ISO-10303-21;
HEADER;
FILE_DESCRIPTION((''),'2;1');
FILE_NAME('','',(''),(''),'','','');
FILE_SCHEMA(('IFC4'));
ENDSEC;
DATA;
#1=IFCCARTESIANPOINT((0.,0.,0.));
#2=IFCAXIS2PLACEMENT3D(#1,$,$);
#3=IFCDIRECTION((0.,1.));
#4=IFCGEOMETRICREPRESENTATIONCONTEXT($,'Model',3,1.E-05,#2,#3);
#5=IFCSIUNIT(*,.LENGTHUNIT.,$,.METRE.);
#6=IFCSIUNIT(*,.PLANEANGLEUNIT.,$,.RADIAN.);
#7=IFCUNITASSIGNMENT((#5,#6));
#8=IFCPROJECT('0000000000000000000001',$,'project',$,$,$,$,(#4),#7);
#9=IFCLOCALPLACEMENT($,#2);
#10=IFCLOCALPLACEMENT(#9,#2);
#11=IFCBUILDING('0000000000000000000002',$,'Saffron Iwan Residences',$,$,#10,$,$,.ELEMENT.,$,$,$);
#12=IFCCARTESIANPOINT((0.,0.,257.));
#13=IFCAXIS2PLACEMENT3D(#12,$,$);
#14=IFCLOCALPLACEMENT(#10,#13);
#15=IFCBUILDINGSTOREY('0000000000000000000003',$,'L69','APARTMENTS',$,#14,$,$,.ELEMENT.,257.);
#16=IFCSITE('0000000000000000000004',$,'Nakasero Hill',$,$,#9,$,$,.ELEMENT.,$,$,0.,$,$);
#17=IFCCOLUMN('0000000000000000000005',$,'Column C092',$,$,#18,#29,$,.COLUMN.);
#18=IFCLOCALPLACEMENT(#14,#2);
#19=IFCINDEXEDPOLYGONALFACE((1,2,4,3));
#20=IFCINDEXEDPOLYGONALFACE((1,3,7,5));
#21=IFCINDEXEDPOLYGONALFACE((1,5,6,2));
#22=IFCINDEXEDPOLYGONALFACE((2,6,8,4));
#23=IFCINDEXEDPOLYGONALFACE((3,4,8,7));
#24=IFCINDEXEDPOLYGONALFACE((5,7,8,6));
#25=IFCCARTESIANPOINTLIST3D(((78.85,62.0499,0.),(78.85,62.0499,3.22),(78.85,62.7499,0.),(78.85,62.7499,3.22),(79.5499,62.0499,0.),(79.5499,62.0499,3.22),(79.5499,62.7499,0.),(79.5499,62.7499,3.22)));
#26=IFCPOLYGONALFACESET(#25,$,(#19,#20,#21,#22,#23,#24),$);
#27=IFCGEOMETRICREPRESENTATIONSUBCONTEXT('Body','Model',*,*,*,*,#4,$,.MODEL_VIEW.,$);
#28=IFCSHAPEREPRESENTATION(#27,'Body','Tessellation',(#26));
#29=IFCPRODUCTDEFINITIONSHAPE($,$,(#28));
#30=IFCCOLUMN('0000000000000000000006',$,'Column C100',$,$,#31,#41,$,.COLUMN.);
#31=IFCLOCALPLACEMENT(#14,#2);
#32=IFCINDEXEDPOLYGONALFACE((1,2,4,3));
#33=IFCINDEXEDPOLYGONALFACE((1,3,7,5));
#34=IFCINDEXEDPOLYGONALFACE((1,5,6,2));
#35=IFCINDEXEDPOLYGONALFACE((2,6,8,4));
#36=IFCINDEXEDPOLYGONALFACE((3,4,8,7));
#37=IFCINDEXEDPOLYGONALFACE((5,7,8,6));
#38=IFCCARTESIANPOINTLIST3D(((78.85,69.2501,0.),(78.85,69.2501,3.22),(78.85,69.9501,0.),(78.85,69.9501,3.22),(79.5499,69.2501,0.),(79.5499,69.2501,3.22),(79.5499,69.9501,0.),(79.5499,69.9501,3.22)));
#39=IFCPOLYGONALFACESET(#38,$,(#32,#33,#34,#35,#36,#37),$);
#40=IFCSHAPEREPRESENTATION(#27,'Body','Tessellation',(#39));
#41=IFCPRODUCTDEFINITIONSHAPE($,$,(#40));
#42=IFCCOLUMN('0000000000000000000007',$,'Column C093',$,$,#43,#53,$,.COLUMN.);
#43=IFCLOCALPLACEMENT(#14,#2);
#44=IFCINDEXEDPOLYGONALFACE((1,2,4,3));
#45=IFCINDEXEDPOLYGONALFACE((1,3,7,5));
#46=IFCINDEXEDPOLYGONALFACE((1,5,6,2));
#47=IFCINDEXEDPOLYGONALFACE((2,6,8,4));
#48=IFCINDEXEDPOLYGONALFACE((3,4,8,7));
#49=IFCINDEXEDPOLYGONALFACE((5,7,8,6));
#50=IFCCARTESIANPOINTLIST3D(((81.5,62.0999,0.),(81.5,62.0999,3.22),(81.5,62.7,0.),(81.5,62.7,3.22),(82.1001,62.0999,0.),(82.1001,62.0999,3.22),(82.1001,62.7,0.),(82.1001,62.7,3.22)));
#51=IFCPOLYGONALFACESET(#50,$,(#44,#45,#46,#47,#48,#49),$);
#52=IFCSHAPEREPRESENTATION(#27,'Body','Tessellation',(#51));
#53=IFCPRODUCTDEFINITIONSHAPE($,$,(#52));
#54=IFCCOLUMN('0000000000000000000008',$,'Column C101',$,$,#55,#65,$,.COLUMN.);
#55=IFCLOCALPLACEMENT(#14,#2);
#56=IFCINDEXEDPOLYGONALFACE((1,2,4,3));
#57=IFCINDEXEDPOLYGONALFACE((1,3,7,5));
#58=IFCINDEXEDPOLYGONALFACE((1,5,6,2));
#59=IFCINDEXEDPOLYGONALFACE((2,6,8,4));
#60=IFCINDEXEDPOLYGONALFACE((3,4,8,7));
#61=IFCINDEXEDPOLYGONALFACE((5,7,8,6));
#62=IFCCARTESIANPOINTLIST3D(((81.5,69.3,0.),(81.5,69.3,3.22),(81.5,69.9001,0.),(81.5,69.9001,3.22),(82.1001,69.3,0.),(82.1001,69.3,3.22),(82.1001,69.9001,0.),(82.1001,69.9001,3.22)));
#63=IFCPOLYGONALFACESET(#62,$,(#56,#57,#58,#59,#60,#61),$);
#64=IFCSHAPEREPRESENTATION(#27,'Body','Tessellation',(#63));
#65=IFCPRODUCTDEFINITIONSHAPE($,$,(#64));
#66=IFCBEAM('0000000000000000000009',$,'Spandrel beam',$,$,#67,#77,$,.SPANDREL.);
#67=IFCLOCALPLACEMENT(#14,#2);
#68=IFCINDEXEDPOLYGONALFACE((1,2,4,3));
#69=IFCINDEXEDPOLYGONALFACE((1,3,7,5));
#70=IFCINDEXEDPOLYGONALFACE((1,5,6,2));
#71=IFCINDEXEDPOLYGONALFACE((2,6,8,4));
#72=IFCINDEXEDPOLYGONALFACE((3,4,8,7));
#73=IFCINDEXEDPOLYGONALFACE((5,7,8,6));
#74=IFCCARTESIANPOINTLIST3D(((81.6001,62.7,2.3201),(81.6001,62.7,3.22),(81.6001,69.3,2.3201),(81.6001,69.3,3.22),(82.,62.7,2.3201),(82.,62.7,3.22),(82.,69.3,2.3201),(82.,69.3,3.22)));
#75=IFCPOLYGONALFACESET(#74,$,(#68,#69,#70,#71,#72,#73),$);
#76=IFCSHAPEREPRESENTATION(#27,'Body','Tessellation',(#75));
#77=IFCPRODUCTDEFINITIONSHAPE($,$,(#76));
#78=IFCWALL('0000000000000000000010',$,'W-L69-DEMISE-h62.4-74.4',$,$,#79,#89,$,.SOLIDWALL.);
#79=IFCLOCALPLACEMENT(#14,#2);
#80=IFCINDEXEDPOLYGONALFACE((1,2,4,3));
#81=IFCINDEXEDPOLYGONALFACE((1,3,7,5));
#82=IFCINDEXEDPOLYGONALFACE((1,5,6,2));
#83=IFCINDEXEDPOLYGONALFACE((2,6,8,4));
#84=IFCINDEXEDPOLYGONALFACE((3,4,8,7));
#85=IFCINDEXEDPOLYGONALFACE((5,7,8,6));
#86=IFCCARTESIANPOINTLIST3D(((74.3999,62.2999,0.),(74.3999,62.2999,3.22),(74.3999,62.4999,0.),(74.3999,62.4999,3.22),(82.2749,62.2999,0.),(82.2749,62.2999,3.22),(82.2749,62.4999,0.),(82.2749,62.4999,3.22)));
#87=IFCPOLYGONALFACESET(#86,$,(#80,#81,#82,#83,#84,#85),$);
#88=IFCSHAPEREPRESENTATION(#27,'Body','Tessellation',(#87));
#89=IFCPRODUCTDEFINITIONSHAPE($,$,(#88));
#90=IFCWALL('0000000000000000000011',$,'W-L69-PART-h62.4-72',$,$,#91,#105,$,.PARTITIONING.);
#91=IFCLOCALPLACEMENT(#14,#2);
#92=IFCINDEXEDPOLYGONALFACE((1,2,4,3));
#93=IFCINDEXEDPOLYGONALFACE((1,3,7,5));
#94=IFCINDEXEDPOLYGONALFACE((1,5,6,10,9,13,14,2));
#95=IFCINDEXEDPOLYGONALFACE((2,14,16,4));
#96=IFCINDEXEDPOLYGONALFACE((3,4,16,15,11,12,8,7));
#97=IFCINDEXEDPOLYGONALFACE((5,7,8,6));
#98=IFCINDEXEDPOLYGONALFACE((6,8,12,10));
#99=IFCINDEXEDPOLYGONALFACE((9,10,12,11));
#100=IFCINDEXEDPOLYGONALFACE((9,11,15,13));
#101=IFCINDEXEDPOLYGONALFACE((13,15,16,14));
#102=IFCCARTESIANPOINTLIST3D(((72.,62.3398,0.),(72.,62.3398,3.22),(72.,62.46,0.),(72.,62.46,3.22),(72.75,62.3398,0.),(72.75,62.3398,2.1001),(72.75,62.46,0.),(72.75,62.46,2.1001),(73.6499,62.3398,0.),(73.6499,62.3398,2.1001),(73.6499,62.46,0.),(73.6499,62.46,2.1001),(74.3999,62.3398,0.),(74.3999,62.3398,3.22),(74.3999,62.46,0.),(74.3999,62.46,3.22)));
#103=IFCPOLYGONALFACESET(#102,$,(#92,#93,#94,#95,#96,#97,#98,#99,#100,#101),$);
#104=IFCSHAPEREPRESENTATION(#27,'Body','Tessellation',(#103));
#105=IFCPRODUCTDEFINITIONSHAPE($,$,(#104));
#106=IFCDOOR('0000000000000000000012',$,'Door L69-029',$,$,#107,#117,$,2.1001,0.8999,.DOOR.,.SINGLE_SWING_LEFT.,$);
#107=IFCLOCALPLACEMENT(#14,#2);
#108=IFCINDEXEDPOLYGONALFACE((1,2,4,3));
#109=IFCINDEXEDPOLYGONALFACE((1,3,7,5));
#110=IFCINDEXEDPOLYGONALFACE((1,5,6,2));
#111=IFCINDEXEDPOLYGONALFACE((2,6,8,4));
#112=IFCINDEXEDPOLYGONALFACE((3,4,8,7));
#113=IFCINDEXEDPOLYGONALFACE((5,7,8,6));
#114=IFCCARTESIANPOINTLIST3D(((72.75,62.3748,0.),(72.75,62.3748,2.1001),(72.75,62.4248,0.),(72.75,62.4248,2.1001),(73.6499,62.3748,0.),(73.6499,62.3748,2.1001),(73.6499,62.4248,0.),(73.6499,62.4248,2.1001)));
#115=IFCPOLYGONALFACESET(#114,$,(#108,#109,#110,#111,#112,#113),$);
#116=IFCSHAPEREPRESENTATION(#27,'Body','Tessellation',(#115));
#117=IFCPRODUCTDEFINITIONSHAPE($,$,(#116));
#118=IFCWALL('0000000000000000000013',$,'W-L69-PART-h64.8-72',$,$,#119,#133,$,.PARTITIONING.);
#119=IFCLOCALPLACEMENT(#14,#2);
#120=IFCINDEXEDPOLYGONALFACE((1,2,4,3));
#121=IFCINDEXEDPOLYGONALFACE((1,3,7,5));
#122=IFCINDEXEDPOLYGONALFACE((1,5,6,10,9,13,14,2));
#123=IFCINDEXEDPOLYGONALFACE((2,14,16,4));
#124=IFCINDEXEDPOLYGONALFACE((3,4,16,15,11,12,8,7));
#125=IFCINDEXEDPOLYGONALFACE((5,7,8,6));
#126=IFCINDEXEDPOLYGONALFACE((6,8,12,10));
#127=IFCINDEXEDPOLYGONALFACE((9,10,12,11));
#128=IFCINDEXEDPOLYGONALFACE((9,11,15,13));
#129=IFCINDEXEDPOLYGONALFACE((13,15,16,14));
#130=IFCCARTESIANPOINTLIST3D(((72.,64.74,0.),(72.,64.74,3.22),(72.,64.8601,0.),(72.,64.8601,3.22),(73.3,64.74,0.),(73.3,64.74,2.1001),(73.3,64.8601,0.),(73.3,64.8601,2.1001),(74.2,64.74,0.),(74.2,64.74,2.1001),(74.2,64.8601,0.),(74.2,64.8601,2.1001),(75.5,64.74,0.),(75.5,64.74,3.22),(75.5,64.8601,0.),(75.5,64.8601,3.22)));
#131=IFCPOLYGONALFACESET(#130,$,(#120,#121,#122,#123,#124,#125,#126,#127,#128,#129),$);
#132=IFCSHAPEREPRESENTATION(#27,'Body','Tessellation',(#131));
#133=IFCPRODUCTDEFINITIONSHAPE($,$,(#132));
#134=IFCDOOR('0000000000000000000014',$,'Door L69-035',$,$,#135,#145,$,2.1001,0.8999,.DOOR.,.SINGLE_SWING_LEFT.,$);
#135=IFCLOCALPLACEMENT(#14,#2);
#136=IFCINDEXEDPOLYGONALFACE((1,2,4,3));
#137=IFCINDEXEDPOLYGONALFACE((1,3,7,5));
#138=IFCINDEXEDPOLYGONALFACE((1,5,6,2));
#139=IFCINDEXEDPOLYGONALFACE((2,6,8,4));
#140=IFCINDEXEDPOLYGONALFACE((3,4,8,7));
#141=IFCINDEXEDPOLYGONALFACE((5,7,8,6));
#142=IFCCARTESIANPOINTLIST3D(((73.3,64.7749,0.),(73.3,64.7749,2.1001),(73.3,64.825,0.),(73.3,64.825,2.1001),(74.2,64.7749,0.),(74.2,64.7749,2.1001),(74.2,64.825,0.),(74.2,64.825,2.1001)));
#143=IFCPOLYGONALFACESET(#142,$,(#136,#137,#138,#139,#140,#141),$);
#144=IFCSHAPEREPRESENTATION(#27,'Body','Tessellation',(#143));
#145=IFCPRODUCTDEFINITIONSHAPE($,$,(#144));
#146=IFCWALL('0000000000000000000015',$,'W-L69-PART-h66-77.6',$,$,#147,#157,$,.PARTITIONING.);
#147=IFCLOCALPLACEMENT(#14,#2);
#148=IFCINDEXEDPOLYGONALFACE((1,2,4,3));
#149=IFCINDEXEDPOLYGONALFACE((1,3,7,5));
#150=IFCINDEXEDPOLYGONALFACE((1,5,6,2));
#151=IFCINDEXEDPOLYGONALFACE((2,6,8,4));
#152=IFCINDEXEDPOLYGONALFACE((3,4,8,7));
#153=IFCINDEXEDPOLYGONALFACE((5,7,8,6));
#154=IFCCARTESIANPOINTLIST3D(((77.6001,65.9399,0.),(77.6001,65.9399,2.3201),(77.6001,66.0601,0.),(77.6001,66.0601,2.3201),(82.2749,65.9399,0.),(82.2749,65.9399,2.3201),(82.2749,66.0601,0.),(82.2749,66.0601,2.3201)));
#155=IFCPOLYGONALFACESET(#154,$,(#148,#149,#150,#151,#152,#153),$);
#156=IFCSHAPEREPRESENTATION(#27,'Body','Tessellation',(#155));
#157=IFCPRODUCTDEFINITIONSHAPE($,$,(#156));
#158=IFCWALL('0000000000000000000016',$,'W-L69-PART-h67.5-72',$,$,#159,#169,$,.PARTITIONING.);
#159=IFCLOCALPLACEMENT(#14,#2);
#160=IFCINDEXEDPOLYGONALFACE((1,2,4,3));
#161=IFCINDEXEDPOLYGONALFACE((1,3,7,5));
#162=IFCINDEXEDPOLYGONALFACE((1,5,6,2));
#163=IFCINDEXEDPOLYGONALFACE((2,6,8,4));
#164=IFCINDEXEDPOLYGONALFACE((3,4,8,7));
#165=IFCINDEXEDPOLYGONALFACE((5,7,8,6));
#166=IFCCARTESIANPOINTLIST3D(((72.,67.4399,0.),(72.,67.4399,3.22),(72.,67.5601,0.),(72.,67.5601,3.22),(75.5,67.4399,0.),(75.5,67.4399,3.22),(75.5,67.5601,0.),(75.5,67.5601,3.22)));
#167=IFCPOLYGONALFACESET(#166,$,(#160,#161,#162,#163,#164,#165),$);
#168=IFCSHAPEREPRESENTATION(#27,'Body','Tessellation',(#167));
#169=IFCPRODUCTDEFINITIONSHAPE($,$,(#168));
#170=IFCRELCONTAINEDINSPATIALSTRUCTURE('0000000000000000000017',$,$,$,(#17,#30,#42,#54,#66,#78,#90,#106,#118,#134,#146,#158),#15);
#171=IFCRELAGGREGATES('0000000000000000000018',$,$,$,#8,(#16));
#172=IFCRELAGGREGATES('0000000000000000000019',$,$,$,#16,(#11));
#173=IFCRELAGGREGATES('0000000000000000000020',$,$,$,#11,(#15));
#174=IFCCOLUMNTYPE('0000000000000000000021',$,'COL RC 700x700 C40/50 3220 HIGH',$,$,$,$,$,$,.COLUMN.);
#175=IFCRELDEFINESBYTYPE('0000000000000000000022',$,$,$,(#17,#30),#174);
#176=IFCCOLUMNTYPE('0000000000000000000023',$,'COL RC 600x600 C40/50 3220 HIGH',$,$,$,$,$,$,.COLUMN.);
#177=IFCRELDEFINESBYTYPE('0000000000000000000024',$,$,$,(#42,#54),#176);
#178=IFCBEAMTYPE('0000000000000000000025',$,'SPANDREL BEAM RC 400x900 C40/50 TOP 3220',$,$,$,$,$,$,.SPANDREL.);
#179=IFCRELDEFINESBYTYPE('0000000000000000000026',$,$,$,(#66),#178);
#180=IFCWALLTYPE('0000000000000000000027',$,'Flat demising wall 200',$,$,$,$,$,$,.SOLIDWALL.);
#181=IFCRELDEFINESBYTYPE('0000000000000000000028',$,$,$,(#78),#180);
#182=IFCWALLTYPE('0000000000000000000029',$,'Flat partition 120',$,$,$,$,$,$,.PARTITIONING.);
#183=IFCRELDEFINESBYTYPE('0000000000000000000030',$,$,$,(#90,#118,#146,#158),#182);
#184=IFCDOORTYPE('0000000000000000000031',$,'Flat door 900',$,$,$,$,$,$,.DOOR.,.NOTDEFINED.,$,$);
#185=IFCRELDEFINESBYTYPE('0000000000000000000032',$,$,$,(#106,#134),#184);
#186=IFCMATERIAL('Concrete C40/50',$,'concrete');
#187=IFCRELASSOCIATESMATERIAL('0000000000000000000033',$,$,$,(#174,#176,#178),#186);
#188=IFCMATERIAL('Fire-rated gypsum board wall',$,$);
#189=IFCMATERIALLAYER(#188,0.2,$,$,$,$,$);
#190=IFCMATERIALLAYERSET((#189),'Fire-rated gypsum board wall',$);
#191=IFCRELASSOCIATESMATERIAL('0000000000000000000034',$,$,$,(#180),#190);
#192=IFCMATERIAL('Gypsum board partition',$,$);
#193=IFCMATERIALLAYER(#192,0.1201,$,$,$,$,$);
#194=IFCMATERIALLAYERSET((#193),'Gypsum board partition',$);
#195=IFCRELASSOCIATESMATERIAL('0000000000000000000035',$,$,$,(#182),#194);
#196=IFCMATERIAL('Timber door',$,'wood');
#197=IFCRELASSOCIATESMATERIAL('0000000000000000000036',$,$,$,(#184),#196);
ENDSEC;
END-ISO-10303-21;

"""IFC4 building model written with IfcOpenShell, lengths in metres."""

from ifc_helpers import new_model, si_unit, direction, frame, frame_2d, origin, origin_2d, place, context, subcontext, project, spatial, rectangle, extrude, source, transform, mapped, material, layer, layer_set, material_profile, profile_set, type_object, element, fill, save


model = new_model("IFC4")

# Units and contexts
model_context = context("Model", 3, precision=1e-05, world=origin(), true_north=direction((0.0, 1.0)))
body_context = subcontext(model_context, "Body", "Model", "MODEL_VIEW")
ifc_project = project(units=[si_unit("LENGTHUNIT", "METRE"), si_unit("PLANEANGLEUNIT", "RADIAN")], contexts=[model_context])

# Site, building, storey
site_placement = place(None, origin())
site = spatial("IfcSite", under=ifc_project, at=site_placement, Name="Nakasero Hill", CompositionType="ELEMENT", RefElevation=0.0)
building_placement = place(site_placement, origin())
building = spatial("IfcBuilding", under=site, at=building_placement, Name="Saffron Iwan Residences", CompositionType="ELEMENT")
storey_placement = place(building_placement, frame((0.0, 0.0, 257.0)))
storey = spatial("IfcBuildingStorey", under=building, at=storey_placement, Name="L69", Description="APARTMENTS", CompositionType="ELEMENT", Elevation=257.0)

# Columns
ifc_material_1 = material(Name="Concrete C40/50", Category="concrete")
ifc_material_profile_1 = material_profile(ifc_material_1, rectangle(XDim=0.7, YDim=0.7, at=origin_2d()), Name="RC 700x700")
ifc_profile_set_1 = profile_set([ifc_material_profile_1], Name="Concrete C40/50")
column_type_1 = type_object("IfcColumnType", Name="COL RC 700x700 C40/50 3220 HIGH", PredefinedType="COLUMN", material=ifc_profile_set_1)
shared_shape_1 = source(origin(), body_context, "Body", "SweptSolid", [
    extrude(rectangle(XDim=0.7, YDim=0.7, at=origin_2d()), origin(), (0.0, 0.0, 1.0), 3.22),
])
for number, where, z_axis, x_axis, name in (
    (1, (79.2, 62.3999, 0.0), (0.0, 0.0, 1.0), (1.0, 0.0, 0.0), "Column C092"),
    (2, (79.2, 69.6001, 0.0), (0.0, 0.0, 1.0), (1.0, 0.0, 0.0), "Column C100"),
):
    element("IfcColumn", number, at=place(storey_placement, frame(where, z_axis=z_axis, x_axis=x_axis)), inside=storey, type_object=column_type_1, Name=name, PredefinedType="COLUMN", context=body_context, shape_type="MappedRepresentation", body=[
        mapped(shared_shape_1, transform((0.0, 0.0, 0.0))),
    ])
ifc_material_profile_2 = material_profile(ifc_material_1, rectangle(XDim=0.6001, YDim=0.6001, at=origin_2d()), Name="RC 600x600")
ifc_profile_set_2 = profile_set([ifc_material_profile_2], Name="Concrete C40/50")
column_type_2 = type_object("IfcColumnType", Name="COL RC 600x600 C40/50 3220 HIGH", PredefinedType="COLUMN", material=ifc_profile_set_2)
shared_shape_2 = source(origin(), body_context, "Body", "SweptSolid", [
    extrude(rectangle(XDim=0.6001, YDim=0.6001, at=origin_2d()), origin(), (0.0, 0.0, 1.0), 3.22),
])
for number, where, z_axis, x_axis, name in (
    (3, (81.8, 62.3999, 0.0), (0.0, 0.0, 1.0), (1.0, 0.0, 0.0), "Column C093"),
    (4, (81.8, 69.6001, 0.0), (0.0, 0.0, 1.0), (1.0, 0.0, 0.0), "Column C101"),
):
    element("IfcColumn", number, at=place(storey_placement, frame(where, z_axis=z_axis, x_axis=x_axis)), inside=storey, type_object=column_type_2, Name=name, PredefinedType="COLUMN", context=body_context, shape_type="MappedRepresentation", body=[
        mapped(shared_shape_2, transform((0.0, 0.0, 0.0))),
    ])

# Beam
ifc_material_profile_3 = material_profile(ifc_material_1, rectangle(XDim=0.3999, YDim=0.8999, at=origin_2d()), Name="RC 400x900")
ifc_profile_set_3 = profile_set([ifc_material_profile_3], Name="Concrete C40/50")
beam_type = type_object("IfcBeamType", Name="SPANDREL BEAM RC 400x900 C40/50 TOP 3220", PredefinedType="SPANDREL", material=ifc_profile_set_3)
shared_shape_3 = source(origin(), body_context, "Body", "SweptSolid", [
    extrude(rectangle(XDim=0.3999, YDim=0.8999, at=origin_2d()), origin(), (0.0, 0.0, 1.0), 6.6001),
])
beam_placement = place(storey_placement, frame((81.8, 69.3, 2.77), z_axis=(0.0, -1.0, 0.0), x_axis=(1.0, 0.0, 0.0)))
element("IfcBeam", 5, at=beam_placement, inside=storey, type_object=beam_type, Name="Spandrel beam", PredefinedType="SPANDREL", context=body_context, shape_type="MappedRepresentation", body=[
    mapped(shared_shape_3, transform((0.0, 0.0, 0.0))),
])

# Wall
ifc_material_2 = material(Name="Fire-rated gypsum board wall")
ifc_layer_1 = layer(ifc_material_2, 0.2)
ifc_layer_set_1 = layer_set([ifc_layer_1], Name="Fire-rated gypsum board wall")
wall_type_1 = type_object("IfcWallType", Name="Flat demising wall 200", PredefinedType="SOLIDWALL", material=ifc_layer_set_1)
wall_1_placement = place(storey_placement, frame((74.3999, 62.3999, 0.0), z_axis=(0.0, 0.0, 1.0), x_axis=(1.0, 0.0, 0.0)))
element("IfcWall", 6, at=wall_1_placement, inside=storey, type_object=wall_type_1, Name="W-L69-DEMISE-h62.4-74.4", PredefinedType="SOLIDWALL", context=body_context, shape_type="SweptSolid", body=[
    extrude(rectangle(XDim=7.875, YDim=0.2, at=frame_2d((3.9375, 0.0))), origin(), (0.0, 0.0, 1.0), 3.22),
])

# Walls, openings, doors
ifc_material_3 = material(Name="Gypsum board partition")
ifc_layer_2 = layer(ifc_material_3, 0.1201)
ifc_layer_set_2 = layer_set([ifc_layer_2], Name="Gypsum board partition")
wall_type_2 = type_object("IfcWallType", Name="Flat partition 120", PredefinedType="PARTITIONING", material=ifc_layer_set_2)
wall_2_placement = place(storey_placement, frame((72.0, 62.3999, 0.0), z_axis=(0.0, 0.0, 1.0), x_axis=(1.0, 0.0, 0.0)))
wall_2 = element("IfcWall", 7, at=wall_2_placement, inside=storey, type_object=wall_type_2, Name="W-L69-PART-h62.4-72", PredefinedType="PARTITIONING", context=body_context, shape_type="SweptSolid", body=[
    extrude(rectangle(XDim=2.3999, YDim=0.1201, at=frame_2d((1.2, 0.0))), origin(), (0.0, 0.0, 1.0), 3.22),
])
opening_1_placement = place(wall_2_placement, frame((0.75, 0.0, 0.0)))
opening_1 = element("IfcOpeningElement", 8, at=opening_1_placement, cuts=wall_2, PredefinedType="OPENING", context=body_context, shape_type="SweptSolid", body=[
    extrude(rectangle(XDim=0.8999, YDim=2.1001, at=frame_2d((0.45, 1.05))), frame((0.0, 0.0701, 0.0), z_axis=(0.0, -1.0, 0.0), x_axis=(1.0, 0.0, 0.0)), (0.0, 0.0, 1.0), 0.1401),
])
ifc_material_4 = material(Name="Timber door", Category="wood")
door_type_1 = type_object("IfcDoorType", Name="Flat door 900", OperationType="NOTDEFINED", PredefinedType="DOOR", material=ifc_material_4)
door_1_placement = place(opening_1_placement, origin())
door_1 = element("IfcDoor", 9, at=door_1_placement, inside=storey, type_object=door_type_1, Name="Door L69-029", OperationType="SINGLE_SWING_LEFT", OverallHeight=2.1001, OverallWidth=0.8999, PredefinedType="DOOR", context=body_context, shape_type="SweptSolid", body=[
    extrude(rectangle(XDim=0.8999, YDim=2.1001, at=frame_2d((0.45, 1.05))), frame((0.0, 0.0249, 0.0), z_axis=(0.0, -1.0, 0.0), x_axis=(1.0, 0.0, 0.0)), (0.0, 0.0, 1.0), 0.05),
])
fill(opening_1, door_1)
wall_3_placement = place(storey_placement, frame((72.0, 64.8, 0.0), z_axis=(0.0, 0.0, 1.0), x_axis=(1.0, 0.0, 0.0)))
wall_3 = element("IfcWall", 10, at=wall_3_placement, inside=storey, type_object=wall_type_2, Name="W-L69-PART-h64.8-72", PredefinedType="PARTITIONING", context=body_context, shape_type="SweptSolid", body=[
    extrude(rectangle(XDim=3.5, YDim=0.1201, at=frame_2d((1.75, 0.0))), origin(), (0.0, 0.0, 1.0), 3.22),
])
opening_2_placement = place(wall_3_placement, frame((1.3, 0.0, 0.0)))
opening_2 = element("IfcOpeningElement", 11, at=opening_2_placement, cuts=wall_3, PredefinedType="OPENING", context=body_context, shape_type="SweptSolid", body=[
    extrude(rectangle(XDim=0.8999, YDim=2.1001, at=frame_2d((0.45, 1.05))), frame((0.0, 0.0701, 0.0), z_axis=(0.0, -1.0, 0.0), x_axis=(1.0, 0.0, 0.0)), (0.0, 0.0, 1.0), 0.1401),
])
door_2_placement = place(opening_2_placement, origin())
door_2 = element("IfcDoor", 12, at=door_2_placement, inside=storey, type_object=door_type_1, Name="Door L69-035", OperationType="SINGLE_SWING_LEFT", OverallHeight=2.1001, OverallWidth=0.8999, PredefinedType="DOOR", context=body_context, shape_type="SweptSolid", body=[
    extrude(rectangle(XDim=0.8999, YDim=2.1001, at=frame_2d((0.45, 1.05))), frame((0.0, 0.0249, 0.0), z_axis=(0.0, -1.0, 0.0), x_axis=(1.0, 0.0, 0.0)), (0.0, 0.0, 1.0), 0.05),
])
fill(opening_2, door_2)

# Walls
wall_4_placement = place(storey_placement, frame((77.6001, 66.0, 0.0), z_axis=(0.0, 0.0, 1.0), x_axis=(1.0, 0.0, 0.0)))
element("IfcWall", 13, at=wall_4_placement, inside=storey, type_object=wall_type_2, Name="W-L69-PART-h66-77.6", PredefinedType="PARTITIONING", context=body_context, shape_type="SweptSolid", body=[
    extrude(rectangle(XDim=4.6748, YDim=0.1201, at=frame_2d((2.3374, 0.0))), origin(), (0.0, 0.0, 1.0), 2.3201),
])
wall_5_placement = place(storey_placement, frame((72.0, 67.5, 0.0), z_axis=(0.0, 0.0, 1.0), x_axis=(1.0, 0.0, 0.0)))
element("IfcWall", 14, at=wall_5_placement, inside=storey, type_object=wall_type_2, Name="W-L69-PART-h67.5-72", PredefinedType="PARTITIONING", context=body_context, shape_type="SweptSolid", body=[
    extrude(rectangle(XDim=3.5, YDim=0.1201, at=frame_2d((1.75, 0.0))), origin(), (0.0, 0.0, 1.0), 3.22),
])

save(model, "model.ifc")
